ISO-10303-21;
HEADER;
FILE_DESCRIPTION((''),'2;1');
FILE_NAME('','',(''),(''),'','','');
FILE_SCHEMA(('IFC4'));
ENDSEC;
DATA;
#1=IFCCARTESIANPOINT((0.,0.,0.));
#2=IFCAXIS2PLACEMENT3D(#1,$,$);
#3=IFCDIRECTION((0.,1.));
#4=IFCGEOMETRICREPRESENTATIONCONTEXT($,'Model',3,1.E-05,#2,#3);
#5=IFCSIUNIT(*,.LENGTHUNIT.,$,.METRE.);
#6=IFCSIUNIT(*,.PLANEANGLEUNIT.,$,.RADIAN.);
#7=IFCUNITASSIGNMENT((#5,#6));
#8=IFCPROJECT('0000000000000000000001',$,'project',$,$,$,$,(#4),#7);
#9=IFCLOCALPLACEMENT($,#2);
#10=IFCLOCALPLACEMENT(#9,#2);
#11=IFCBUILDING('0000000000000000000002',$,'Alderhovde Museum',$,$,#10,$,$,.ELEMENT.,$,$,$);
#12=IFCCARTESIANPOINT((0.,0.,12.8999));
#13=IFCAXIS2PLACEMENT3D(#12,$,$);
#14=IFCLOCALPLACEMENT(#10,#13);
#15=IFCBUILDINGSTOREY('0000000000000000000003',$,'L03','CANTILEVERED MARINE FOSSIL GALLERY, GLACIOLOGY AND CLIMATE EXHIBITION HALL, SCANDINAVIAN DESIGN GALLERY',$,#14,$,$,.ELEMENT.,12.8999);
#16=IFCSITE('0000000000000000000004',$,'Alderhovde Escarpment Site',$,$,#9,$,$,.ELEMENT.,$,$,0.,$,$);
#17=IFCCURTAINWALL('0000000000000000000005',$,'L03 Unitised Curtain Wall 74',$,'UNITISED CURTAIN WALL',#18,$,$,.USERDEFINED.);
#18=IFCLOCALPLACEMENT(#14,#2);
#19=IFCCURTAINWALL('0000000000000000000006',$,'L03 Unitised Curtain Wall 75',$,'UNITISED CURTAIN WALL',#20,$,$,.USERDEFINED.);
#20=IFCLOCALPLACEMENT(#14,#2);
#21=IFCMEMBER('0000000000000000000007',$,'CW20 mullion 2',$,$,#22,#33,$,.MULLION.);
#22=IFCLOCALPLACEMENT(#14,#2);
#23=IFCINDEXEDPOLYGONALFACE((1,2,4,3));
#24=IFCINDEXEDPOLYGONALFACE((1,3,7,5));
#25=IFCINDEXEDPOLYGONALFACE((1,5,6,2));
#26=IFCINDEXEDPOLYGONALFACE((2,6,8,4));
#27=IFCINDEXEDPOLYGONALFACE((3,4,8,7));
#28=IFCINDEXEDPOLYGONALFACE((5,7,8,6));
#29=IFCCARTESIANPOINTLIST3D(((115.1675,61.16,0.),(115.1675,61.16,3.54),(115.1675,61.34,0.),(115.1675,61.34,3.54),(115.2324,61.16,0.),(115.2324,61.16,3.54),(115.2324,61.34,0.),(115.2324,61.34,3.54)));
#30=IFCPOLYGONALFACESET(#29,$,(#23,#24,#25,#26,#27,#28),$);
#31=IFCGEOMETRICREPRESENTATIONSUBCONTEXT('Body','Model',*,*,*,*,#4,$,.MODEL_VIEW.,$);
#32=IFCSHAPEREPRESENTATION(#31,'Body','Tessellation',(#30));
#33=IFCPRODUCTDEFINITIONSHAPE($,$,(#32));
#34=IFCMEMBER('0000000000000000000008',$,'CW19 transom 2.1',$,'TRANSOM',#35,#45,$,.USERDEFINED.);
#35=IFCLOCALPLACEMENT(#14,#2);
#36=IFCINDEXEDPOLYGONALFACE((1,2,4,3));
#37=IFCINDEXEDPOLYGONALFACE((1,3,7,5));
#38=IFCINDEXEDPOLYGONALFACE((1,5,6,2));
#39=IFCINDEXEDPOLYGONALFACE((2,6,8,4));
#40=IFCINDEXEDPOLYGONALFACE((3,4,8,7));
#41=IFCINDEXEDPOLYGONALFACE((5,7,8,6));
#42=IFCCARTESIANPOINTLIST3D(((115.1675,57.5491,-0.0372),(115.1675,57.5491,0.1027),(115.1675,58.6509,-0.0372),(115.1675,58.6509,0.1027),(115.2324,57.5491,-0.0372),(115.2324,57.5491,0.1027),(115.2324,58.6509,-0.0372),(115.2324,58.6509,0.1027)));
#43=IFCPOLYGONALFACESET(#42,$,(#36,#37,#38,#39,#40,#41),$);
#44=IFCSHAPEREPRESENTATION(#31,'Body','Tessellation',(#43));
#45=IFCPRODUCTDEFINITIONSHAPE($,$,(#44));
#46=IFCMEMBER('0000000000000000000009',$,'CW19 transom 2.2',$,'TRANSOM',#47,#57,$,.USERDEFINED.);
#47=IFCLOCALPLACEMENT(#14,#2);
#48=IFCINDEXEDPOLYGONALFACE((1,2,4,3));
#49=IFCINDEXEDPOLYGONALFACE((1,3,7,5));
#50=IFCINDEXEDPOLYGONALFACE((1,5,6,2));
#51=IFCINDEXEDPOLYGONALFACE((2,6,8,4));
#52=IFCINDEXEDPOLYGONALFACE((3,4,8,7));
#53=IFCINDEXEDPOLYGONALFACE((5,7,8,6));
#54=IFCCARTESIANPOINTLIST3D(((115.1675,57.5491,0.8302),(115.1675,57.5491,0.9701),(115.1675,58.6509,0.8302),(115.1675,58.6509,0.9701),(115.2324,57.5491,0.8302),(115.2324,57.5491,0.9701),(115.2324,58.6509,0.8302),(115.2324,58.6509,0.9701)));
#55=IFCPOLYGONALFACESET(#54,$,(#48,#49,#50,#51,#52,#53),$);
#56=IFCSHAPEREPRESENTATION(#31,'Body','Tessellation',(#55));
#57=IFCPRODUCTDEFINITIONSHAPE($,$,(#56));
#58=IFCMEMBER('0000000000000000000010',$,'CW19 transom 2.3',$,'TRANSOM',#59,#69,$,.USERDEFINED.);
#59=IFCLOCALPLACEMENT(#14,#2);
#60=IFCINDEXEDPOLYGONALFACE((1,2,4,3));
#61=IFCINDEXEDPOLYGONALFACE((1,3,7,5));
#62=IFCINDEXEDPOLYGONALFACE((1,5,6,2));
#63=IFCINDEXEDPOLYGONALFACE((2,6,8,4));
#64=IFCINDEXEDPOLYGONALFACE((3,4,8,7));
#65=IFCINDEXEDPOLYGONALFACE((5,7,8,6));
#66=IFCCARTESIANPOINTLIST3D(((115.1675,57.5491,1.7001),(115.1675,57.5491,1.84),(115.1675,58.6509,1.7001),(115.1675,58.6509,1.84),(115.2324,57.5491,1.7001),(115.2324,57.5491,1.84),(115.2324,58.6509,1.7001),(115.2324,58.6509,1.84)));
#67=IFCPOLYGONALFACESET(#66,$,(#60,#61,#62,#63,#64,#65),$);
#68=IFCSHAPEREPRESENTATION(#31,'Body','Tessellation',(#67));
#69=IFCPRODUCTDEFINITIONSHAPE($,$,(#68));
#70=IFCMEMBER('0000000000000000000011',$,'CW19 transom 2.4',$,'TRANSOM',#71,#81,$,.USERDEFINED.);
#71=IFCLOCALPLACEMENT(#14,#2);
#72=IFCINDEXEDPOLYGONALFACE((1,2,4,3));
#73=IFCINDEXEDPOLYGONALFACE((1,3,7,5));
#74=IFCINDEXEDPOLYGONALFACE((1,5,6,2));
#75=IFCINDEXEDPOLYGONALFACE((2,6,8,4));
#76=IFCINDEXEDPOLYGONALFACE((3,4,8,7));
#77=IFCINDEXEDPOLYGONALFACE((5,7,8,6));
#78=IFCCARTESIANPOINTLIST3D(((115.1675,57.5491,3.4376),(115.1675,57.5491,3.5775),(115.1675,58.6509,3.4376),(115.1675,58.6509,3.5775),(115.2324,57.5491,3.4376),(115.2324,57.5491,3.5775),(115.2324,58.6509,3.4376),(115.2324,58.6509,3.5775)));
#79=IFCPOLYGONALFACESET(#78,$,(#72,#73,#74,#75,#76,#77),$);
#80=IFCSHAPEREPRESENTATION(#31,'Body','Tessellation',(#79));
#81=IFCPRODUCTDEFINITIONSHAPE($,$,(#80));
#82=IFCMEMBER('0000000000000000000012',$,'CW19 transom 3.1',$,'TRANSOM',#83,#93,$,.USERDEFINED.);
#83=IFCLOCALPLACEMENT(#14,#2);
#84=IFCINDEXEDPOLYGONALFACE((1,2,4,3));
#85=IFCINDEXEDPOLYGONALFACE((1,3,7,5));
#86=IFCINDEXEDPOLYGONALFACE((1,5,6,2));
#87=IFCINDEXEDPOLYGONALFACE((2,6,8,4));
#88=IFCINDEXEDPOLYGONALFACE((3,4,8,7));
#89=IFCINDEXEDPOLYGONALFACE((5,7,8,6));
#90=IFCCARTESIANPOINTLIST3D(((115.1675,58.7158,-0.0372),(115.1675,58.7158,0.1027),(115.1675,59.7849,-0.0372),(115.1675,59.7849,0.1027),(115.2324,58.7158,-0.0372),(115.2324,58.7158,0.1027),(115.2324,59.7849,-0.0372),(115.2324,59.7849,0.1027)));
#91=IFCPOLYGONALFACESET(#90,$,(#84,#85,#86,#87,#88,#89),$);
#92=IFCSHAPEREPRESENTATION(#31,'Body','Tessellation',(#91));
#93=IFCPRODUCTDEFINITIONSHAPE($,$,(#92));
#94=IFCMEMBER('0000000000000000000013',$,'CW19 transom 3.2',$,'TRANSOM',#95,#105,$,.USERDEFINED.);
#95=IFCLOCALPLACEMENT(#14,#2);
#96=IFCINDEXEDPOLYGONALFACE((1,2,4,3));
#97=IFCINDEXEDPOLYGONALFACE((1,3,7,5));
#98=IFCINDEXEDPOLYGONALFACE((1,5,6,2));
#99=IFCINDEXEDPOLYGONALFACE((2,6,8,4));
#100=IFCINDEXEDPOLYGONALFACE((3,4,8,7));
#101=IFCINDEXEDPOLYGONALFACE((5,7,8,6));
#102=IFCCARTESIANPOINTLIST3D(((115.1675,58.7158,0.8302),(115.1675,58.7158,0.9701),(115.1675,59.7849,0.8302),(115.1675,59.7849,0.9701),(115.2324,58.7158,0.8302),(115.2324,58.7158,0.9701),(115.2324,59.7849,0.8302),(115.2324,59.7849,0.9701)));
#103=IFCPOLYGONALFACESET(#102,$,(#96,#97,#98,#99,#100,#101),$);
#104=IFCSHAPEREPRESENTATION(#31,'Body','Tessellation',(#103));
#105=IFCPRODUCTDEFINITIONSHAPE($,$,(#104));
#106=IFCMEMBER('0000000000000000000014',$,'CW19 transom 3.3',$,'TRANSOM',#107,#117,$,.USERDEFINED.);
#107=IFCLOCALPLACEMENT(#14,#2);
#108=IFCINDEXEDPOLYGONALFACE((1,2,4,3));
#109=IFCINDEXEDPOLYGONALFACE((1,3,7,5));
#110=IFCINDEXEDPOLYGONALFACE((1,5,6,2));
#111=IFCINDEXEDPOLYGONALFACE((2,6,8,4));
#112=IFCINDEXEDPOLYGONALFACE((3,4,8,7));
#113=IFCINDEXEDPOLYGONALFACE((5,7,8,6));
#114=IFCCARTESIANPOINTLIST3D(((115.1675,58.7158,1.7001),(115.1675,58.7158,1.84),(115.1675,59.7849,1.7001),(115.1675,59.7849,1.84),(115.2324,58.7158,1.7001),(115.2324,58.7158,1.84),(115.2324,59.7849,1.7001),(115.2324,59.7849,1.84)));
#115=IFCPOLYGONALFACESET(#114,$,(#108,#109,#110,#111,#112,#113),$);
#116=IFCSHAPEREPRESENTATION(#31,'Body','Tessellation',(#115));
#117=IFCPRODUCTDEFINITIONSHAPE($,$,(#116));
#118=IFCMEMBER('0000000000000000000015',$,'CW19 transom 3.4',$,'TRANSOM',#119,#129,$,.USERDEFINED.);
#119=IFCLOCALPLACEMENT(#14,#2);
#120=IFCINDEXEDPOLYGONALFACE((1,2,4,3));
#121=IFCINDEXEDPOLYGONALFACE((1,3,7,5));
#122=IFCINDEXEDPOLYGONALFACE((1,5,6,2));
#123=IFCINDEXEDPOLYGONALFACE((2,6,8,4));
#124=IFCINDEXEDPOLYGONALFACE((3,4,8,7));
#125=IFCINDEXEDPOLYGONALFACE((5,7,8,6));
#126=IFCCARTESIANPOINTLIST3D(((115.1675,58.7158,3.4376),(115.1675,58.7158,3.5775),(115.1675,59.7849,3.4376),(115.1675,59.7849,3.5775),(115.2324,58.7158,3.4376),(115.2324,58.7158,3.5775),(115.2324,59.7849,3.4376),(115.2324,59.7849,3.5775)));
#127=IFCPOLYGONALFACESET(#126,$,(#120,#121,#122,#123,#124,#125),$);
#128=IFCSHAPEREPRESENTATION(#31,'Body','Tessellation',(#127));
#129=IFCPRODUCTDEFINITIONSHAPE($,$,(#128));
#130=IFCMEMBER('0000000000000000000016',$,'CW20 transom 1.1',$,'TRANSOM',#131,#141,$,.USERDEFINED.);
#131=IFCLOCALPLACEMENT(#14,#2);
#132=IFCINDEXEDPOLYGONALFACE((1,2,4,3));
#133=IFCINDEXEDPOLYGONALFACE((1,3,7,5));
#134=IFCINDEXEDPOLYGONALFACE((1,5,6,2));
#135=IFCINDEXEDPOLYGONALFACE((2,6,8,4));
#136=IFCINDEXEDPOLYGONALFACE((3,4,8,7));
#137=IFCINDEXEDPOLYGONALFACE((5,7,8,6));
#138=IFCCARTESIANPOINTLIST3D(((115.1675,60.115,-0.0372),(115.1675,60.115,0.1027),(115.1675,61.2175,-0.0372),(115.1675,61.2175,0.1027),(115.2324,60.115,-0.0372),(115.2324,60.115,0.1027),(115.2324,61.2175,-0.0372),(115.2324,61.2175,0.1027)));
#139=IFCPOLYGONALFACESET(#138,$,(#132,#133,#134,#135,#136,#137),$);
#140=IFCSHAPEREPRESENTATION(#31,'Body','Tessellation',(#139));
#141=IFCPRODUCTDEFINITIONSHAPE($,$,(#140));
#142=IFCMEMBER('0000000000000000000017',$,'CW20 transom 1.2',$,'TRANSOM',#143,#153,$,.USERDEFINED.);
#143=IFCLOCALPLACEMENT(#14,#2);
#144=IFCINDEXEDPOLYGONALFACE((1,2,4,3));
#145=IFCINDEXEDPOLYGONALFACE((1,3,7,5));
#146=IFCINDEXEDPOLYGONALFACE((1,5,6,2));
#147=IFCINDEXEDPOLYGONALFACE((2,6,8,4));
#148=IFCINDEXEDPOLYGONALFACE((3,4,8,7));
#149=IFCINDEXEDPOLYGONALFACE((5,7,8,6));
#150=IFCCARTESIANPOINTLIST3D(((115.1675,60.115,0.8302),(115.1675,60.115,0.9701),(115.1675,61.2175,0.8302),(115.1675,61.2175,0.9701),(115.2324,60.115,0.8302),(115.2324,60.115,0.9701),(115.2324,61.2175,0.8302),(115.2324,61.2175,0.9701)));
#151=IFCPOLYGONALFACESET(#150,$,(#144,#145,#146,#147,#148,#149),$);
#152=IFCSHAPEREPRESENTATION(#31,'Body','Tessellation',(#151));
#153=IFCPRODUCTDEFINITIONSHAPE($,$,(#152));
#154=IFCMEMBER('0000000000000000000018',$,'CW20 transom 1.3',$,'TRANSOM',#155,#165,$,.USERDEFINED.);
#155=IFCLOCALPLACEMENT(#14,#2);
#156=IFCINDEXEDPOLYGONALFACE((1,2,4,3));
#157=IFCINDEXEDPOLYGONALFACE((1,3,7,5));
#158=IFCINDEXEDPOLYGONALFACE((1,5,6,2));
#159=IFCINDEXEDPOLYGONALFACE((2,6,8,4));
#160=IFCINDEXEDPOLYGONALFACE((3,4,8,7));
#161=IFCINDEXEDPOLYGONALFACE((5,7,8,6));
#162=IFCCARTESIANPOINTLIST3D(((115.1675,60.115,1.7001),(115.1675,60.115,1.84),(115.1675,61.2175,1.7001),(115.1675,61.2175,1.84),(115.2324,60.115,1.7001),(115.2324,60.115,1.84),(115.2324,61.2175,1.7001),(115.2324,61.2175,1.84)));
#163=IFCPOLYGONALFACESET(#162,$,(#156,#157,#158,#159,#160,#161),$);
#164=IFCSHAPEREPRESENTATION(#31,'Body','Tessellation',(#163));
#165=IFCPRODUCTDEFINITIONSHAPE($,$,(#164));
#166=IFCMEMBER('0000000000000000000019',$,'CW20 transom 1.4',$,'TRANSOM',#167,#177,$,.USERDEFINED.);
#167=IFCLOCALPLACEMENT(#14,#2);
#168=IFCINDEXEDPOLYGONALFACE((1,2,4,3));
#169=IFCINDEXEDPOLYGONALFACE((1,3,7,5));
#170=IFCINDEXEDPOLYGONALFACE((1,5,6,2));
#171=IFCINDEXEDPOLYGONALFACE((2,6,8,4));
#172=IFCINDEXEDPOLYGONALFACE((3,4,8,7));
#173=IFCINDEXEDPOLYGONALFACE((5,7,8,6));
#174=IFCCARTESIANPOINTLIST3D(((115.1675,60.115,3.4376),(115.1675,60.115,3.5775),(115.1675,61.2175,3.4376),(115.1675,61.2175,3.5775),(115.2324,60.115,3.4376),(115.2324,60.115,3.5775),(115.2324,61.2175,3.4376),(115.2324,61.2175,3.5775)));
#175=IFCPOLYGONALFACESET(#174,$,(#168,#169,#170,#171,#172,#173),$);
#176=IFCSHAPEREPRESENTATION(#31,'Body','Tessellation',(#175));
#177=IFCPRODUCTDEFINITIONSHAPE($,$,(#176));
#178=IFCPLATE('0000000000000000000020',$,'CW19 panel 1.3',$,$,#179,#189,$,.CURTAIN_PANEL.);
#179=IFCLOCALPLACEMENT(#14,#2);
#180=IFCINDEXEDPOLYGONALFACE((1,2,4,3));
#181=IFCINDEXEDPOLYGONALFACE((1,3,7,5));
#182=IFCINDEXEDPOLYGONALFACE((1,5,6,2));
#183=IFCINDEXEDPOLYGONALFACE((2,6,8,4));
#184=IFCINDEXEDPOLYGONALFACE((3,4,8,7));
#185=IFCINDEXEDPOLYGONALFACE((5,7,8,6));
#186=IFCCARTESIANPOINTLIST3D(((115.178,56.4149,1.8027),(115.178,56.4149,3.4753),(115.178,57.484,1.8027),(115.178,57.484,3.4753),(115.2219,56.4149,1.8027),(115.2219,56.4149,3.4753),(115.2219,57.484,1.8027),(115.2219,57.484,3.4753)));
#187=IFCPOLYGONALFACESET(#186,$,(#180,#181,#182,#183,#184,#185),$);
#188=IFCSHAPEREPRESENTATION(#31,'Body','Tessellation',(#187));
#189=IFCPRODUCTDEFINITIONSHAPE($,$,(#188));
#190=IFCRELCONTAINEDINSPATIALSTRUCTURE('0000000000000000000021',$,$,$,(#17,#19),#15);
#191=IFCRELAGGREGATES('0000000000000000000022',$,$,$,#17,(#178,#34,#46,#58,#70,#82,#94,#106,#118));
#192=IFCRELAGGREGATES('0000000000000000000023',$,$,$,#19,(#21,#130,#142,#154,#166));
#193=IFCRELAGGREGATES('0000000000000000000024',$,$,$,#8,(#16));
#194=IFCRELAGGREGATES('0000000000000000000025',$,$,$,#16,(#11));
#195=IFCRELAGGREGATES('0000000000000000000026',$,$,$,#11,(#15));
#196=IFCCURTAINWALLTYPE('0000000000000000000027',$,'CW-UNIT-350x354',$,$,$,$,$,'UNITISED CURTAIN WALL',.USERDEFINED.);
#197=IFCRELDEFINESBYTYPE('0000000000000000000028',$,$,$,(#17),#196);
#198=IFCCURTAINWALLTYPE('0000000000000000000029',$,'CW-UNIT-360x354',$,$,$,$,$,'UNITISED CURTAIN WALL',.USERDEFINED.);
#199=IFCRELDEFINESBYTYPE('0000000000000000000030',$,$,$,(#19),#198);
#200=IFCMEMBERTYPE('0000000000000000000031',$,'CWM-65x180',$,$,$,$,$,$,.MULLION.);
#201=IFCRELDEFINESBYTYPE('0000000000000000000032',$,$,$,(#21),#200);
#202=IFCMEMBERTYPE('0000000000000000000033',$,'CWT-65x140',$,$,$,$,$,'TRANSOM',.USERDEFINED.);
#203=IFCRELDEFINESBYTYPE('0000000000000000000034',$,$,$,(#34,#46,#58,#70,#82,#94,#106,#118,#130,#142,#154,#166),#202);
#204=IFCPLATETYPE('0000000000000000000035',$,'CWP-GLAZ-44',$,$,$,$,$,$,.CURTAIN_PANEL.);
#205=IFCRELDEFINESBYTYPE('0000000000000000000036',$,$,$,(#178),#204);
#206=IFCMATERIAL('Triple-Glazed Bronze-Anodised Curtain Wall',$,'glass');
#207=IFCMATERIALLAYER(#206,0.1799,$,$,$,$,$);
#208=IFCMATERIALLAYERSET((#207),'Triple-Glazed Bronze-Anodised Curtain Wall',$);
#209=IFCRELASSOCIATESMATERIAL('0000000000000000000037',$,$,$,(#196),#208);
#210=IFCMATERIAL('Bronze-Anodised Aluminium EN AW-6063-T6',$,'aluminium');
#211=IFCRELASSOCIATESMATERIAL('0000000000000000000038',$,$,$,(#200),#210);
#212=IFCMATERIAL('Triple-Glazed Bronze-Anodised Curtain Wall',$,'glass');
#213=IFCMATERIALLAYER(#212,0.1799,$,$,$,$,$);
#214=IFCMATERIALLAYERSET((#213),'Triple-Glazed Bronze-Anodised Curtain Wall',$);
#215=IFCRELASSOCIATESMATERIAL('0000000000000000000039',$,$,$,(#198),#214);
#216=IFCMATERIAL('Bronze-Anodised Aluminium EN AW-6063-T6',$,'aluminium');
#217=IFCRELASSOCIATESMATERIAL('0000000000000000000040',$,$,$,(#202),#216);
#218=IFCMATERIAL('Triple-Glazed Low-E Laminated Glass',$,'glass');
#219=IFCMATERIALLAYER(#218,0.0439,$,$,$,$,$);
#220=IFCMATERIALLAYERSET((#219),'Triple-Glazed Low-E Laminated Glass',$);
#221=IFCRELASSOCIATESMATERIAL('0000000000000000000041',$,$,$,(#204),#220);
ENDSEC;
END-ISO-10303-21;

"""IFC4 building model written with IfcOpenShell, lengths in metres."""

from ifc_helpers import new_model, si_unit, direction, frame, origin, origin_2d, place, context, subcontext, project, spatial, rectangle, extrude, material, layer, layer_set, material_profile, profile_set, type_object, element, aggregate, save


model = new_model("IFC4")

# Units and contexts
model_context = context("Model", 3, precision=1e-05, world=origin(), true_north=direction((0.0, 1.0)))
body_context = subcontext(model_context, "Body", "Model", "MODEL_VIEW")
ifc_project = project(units=[si_unit("LENGTHUNIT", "METRE"), si_unit("PLANEANGLEUNIT", "RADIAN")], contexts=[model_context])

# Site, building, storey
site_placement = place(None, origin())
site = spatial("IfcSite", under=ifc_project, at=site_placement, Name="Alderhovde Escarpment Site", CompositionType="ELEMENT", RefElevation=0.0)
building_placement = place(site_placement, origin())
building = spatial("IfcBuilding", under=site, at=building_placement, Name="Alderhovde Museum", CompositionType="ELEMENT")
storey_placement = place(building_placement, frame((0.0, 0.0, 12.8999)))
storey = spatial("IfcBuildingStorey", under=building, at=storey_placement, Name="L03", Description="CANTILEVERED MARINE FOSSIL GALLERY, GLACIOLOGY AND CLIMATE EXHIBITION HALL, SCANDINAVIAN DESIGN GALLERY", CompositionType="ELEMENT", Elevation=12.8999)

# Curtain walls, member
ifc_material_1 = material(Name="Triple-Glazed Bronze-Anodised Curtain Wall", Category="glass")
ifc_layer_1 = layer(ifc_material_1, 0.1799)
ifc_layer_set_1 = layer_set([ifc_layer_1], Name="Triple-Glazed Bronze-Anodised Curtain Wall")
curtain_wall_type_1 = type_object("IfcCurtainWallType", Name="CW-UNIT-350x354", ElementType="UNITISED CURTAIN WALL", PredefinedType="USERDEFINED", material=ifc_layer_set_1)
curtain_wall_1_placement = place(storey_placement, origin())
curtain_wall_1 = element("IfcCurtainWall", 1, at=curtain_wall_1_placement, inside=storey, type_object=curtain_wall_type_1, Name="L03 Unitised Curtain Wall 74", ObjectType="UNITISED CURTAIN WALL", PredefinedType="USERDEFINED")
ifc_material_2 = material(Name="Bronze-Anodised Aluminium EN AW-6063-T6", Category="aluminium")
ifc_material_profile_1 = material_profile(ifc_material_2, rectangle(XDim=0.0649, YDim=0.1799, at=origin_2d()), Name="MULLION 65x180")
ifc_profile_set_1 = profile_set([ifc_material_profile_1], Name="Bronze-Anodised Aluminium EN AW-6063-T6")
member_type_1 = type_object("IfcMemberType", Name="CWM-65x180", PredefinedType="MULLION", material=ifc_profile_set_1)
ifc_material_3 = material(Name="Triple-Glazed Bronze-Anodised Curtain Wall", Category="glass")
ifc_layer_2 = layer(ifc_material_3, 0.1799)
ifc_layer_set_2 = layer_set([ifc_layer_2], Name="Triple-Glazed Bronze-Anodised Curtain Wall")
curtain_wall_type_2 = type_object("IfcCurtainWallType", Name="CW-UNIT-360x354", ElementType="UNITISED CURTAIN WALL", PredefinedType="USERDEFINED", material=ifc_layer_set_2)
curtain_wall_2_placement = place(storey_placement, origin())
curtain_wall_2 = element("IfcCurtainWall", 2, at=curtain_wall_2_placement, inside=storey, type_object=curtain_wall_type_2, Name="L03 Unitised Curtain Wall 75", ObjectType="UNITISED CURTAIN WALL", PredefinedType="USERDEFINED")
member_1_placement = place(storey_placement, frame((115.2, 61.25, 0.0), z_axis=(0.0, 0.0, 1.0), x_axis=(-1.0, 0.0, 0.0)))
member_1 = element("IfcMember", 3, at=member_1_placement, type_object=member_type_1, Name="CW20 mullion 2", PredefinedType="MULLION", context=body_context, shape_type="SweptSolid", body=[
    extrude(rectangle(XDim=0.0649, YDim=0.1799, at=origin_2d()), origin(), (0.0, 0.0, 1.0), 3.54),
])

# Members
ifc_material_4 = material(Name="Bronze-Anodised Aluminium EN AW-6063-T6", Category="aluminium")
ifc_material_profile_2 = material_profile(ifc_material_4, rectangle(XDim=0.0649, YDim=0.1399, at=origin_2d()), Name="TRANSOM 65x140")
ifc_profile_set_2 = profile_set([ifc_material_profile_2], Name="Bronze-Anodised Aluminium EN AW-6063-T6")
member_type_2 = type_object("IfcMemberType", Name="CWT-65x140", ElementType="TRANSOM", PredefinedType="USERDEFINED", material=ifc_profile_set_2)
member_2_placement = place(storey_placement, frame((115.2, 57.5491, 0.0327), z_axis=(0.0, 1.0, 0.0), x_axis=(-1.0, 0.0, 0.0)))
member_2 = element("IfcMember", 4, at=member_2_placement, type_object=member_type_2, Name="CW19 transom 2.1", ObjectType="TRANSOM", PredefinedType="USERDEFINED", context=body_context, shape_type="SweptSolid", body=[
    extrude(rectangle(XDim=0.0649, YDim=0.1399, at=origin_2d()), origin(), (0.0, 0.0, 1.0), 1.1018),
])
member_3_placement = place(storey_placement, frame((115.2, 57.5491, 0.9001), z_axis=(0.0, 1.0, 0.0), x_axis=(-1.0, 0.0, 0.0)))
member_3 = element("IfcMember", 5, at=member_3_placement, type_object=member_type_2, Name="CW19 transom 2.2", ObjectType="TRANSOM", PredefinedType="USERDEFINED", context=body_context, shape_type="SweptSolid", body=[
    extrude(rectangle(XDim=0.0649, YDim=0.1399, at=origin_2d()), origin(), (0.0, 0.0, 1.0), 1.1018),
])
member_4_placement = place(storey_placement, frame((115.2, 57.5491, 1.77), z_axis=(0.0, 1.0, 0.0), x_axis=(-1.0, 0.0, 0.0)))
member_4 = element("IfcMember", 6, at=member_4_placement, type_object=member_type_2, Name="CW19 transom 2.3", ObjectType="TRANSOM", PredefinedType="USERDEFINED", context=body_context, shape_type="SweptSolid", body=[
    extrude(rectangle(XDim=0.0649, YDim=0.1399, at=origin_2d()), origin(), (0.0, 0.0, 1.0), 1.1018),
])
member_5_placement = place(storey_placement, frame((115.2, 57.5491, 3.5076), z_axis=(0.0, 1.0, 0.0), x_axis=(-1.0, 0.0, 0.0)))
member_5 = element("IfcMember", 7, at=member_5_placement, type_object=member_type_2, Name="CW19 transom 2.4", ObjectType="TRANSOM", PredefinedType="USERDEFINED", context=body_context, shape_type="SweptSolid", body=[
    extrude(rectangle(XDim=0.0649, YDim=0.1399, at=origin_2d()), origin(), (0.0, 0.0, 1.0), 1.1018),
])
member_6_placement = place(storey_placement, frame((115.2, 58.7158, 0.0327), z_axis=(0.0, 1.0, 0.0), x_axis=(-1.0, 0.0, 0.0)))
member_6 = element("IfcMember", 8, at=member_6_placement, type_object=member_type_2, Name="CW19 transom 3.1", ObjectType="TRANSOM", PredefinedType="USERDEFINED", context=body_context, shape_type="SweptSolid", body=[
    extrude(rectangle(XDim=0.0649, YDim=0.1399, at=origin_2d()), origin(), (0.0, 0.0, 1.0), 1.0691),
])
member_7_placement = place(storey_placement, frame((115.2, 58.7158, 0.9001), z_axis=(0.0, 1.0, 0.0), x_axis=(-1.0, 0.0, 0.0)))
member_7 = element("IfcMember", 9, at=member_7_placement, type_object=member_type_2, Name="CW19 transom 3.2", ObjectType="TRANSOM", PredefinedType="USERDEFINED", context=body_context, shape_type="SweptSolid", body=[
    extrude(rectangle(XDim=0.0649, YDim=0.1399, at=origin_2d()), origin(), (0.0, 0.0, 1.0), 1.0691),
])
member_8_placement = place(storey_placement, frame((115.2, 58.7158, 1.77), z_axis=(0.0, 1.0, 0.0), x_axis=(-1.0, 0.0, 0.0)))
member_8 = element("IfcMember", 10, at=member_8_placement, type_object=member_type_2, Name="CW19 transom 3.3", ObjectType="TRANSOM", PredefinedType="USERDEFINED", context=body_context, shape_type="SweptSolid", body=[
    extrude(rectangle(XDim=0.0649, YDim=0.1399, at=origin_2d()), origin(), (0.0, 0.0, 1.0), 1.0691),
])
member_9_placement = place(storey_placement, frame((115.2, 58.7158, 3.5076), z_axis=(0.0, 1.0, 0.0), x_axis=(-1.0, 0.0, 0.0)))
member_9 = element("IfcMember", 11, at=member_9_placement, type_object=member_type_2, Name="CW19 transom 3.4", ObjectType="TRANSOM", PredefinedType="USERDEFINED", context=body_context, shape_type="SweptSolid", body=[
    extrude(rectangle(XDim=0.0649, YDim=0.1399, at=origin_2d()), origin(), (0.0, 0.0, 1.0), 1.0691),
])
member_10_placement = place(storey_placement, frame((115.2, 60.115, 0.0327), z_axis=(0.0, 1.0, 0.0), x_axis=(-1.0, 0.0, 0.0)))
member_10 = element("IfcMember", 12, at=member_10_placement, type_object=member_type_2, Name="CW20 transom 1.1", ObjectType="TRANSOM", PredefinedType="USERDEFINED", context=body_context, shape_type="SweptSolid", body=[
    extrude(rectangle(XDim=0.0649, YDim=0.1399, at=origin_2d()), origin(), (0.0, 0.0, 1.0), 1.1025),
])
member_11_placement = place(storey_placement, frame((115.2, 60.115, 0.9001), z_axis=(0.0, 1.0, 0.0), x_axis=(-1.0, 0.0, 0.0)))
member_11 = element("IfcMember", 13, at=member_11_placement, type_object=member_type_2, Name="CW20 transom 1.2", ObjectType="TRANSOM", PredefinedType="USERDEFINED", context=body_context, shape_type="SweptSolid", body=[
    extrude(rectangle(XDim=0.0649, YDim=0.1399, at=origin_2d()), origin(), (0.0, 0.0, 1.0), 1.1025),
])
member_12_placement = place(storey_placement, frame((115.2, 60.115, 1.77), z_axis=(0.0, 1.0, 0.0), x_axis=(-1.0, 0.0, 0.0)))
member_12 = element("IfcMember", 14, at=member_12_placement, type_object=member_type_2, Name="CW20 transom 1.3", ObjectType="TRANSOM", PredefinedType="USERDEFINED", context=body_context, shape_type="SweptSolid", body=[
    extrude(rectangle(XDim=0.0649, YDim=0.1399, at=origin_2d()), origin(), (0.0, 0.0, 1.0), 1.1025),
])
member_13_placement = place(storey_placement, frame((115.2, 60.115, 3.5076), z_axis=(0.0, 1.0, 0.0), x_axis=(-1.0, 0.0, 0.0)))
member_13 = element("IfcMember", 15, at=member_13_placement, type_object=member_type_2, Name="CW20 transom 1.4", ObjectType="TRANSOM", PredefinedType="USERDEFINED", context=body_context, shape_type="SweptSolid", body=[
    extrude(rectangle(XDim=0.0649, YDim=0.1399, at=origin_2d()), origin(), (0.0, 0.0, 1.0), 1.1025),
])

# Plate
ifc_material_5 = material(Name="Triple-Glazed Low-E Laminated Glass", Category="glass")
ifc_layer_3 = layer(ifc_material_5, 0.0439)
ifc_layer_set_3 = layer_set([ifc_layer_3], Name="Triple-Glazed Low-E Laminated Glass")
plate_type_1 = type_object("IfcPlateType", Name="CWP-GLAZ-44", PredefinedType="CURTAIN_PANEL", material=ifc_layer_set_3)
plate_1_placement = place(storey_placement, frame((115.2, 56.9495, 1.8027), z_axis=(0.0, 0.0, 1.0), x_axis=(0.0, 1.0, 0.0)))
plate_1 = element("IfcPlate", 16, at=plate_1_placement, type_object=plate_type_1, Name="CW19 panel 1.3", PredefinedType="CURTAIN_PANEL", context=body_context, shape_type="SweptSolid", body=[
    extrude(rectangle(XDim=1.0691, YDim=0.0439, at=origin_2d()), origin(), (0.0, 0.0, 1.0), 1.6726),
])
aggregate(curtain_wall_1, [plate_1, member_2, member_3, member_4, member_5, member_6, member_7, member_8, member_9])
aggregate(curtain_wall_2, [member_1, member_10, member_11, member_12, member_13])

save(model, "model.ifc")
